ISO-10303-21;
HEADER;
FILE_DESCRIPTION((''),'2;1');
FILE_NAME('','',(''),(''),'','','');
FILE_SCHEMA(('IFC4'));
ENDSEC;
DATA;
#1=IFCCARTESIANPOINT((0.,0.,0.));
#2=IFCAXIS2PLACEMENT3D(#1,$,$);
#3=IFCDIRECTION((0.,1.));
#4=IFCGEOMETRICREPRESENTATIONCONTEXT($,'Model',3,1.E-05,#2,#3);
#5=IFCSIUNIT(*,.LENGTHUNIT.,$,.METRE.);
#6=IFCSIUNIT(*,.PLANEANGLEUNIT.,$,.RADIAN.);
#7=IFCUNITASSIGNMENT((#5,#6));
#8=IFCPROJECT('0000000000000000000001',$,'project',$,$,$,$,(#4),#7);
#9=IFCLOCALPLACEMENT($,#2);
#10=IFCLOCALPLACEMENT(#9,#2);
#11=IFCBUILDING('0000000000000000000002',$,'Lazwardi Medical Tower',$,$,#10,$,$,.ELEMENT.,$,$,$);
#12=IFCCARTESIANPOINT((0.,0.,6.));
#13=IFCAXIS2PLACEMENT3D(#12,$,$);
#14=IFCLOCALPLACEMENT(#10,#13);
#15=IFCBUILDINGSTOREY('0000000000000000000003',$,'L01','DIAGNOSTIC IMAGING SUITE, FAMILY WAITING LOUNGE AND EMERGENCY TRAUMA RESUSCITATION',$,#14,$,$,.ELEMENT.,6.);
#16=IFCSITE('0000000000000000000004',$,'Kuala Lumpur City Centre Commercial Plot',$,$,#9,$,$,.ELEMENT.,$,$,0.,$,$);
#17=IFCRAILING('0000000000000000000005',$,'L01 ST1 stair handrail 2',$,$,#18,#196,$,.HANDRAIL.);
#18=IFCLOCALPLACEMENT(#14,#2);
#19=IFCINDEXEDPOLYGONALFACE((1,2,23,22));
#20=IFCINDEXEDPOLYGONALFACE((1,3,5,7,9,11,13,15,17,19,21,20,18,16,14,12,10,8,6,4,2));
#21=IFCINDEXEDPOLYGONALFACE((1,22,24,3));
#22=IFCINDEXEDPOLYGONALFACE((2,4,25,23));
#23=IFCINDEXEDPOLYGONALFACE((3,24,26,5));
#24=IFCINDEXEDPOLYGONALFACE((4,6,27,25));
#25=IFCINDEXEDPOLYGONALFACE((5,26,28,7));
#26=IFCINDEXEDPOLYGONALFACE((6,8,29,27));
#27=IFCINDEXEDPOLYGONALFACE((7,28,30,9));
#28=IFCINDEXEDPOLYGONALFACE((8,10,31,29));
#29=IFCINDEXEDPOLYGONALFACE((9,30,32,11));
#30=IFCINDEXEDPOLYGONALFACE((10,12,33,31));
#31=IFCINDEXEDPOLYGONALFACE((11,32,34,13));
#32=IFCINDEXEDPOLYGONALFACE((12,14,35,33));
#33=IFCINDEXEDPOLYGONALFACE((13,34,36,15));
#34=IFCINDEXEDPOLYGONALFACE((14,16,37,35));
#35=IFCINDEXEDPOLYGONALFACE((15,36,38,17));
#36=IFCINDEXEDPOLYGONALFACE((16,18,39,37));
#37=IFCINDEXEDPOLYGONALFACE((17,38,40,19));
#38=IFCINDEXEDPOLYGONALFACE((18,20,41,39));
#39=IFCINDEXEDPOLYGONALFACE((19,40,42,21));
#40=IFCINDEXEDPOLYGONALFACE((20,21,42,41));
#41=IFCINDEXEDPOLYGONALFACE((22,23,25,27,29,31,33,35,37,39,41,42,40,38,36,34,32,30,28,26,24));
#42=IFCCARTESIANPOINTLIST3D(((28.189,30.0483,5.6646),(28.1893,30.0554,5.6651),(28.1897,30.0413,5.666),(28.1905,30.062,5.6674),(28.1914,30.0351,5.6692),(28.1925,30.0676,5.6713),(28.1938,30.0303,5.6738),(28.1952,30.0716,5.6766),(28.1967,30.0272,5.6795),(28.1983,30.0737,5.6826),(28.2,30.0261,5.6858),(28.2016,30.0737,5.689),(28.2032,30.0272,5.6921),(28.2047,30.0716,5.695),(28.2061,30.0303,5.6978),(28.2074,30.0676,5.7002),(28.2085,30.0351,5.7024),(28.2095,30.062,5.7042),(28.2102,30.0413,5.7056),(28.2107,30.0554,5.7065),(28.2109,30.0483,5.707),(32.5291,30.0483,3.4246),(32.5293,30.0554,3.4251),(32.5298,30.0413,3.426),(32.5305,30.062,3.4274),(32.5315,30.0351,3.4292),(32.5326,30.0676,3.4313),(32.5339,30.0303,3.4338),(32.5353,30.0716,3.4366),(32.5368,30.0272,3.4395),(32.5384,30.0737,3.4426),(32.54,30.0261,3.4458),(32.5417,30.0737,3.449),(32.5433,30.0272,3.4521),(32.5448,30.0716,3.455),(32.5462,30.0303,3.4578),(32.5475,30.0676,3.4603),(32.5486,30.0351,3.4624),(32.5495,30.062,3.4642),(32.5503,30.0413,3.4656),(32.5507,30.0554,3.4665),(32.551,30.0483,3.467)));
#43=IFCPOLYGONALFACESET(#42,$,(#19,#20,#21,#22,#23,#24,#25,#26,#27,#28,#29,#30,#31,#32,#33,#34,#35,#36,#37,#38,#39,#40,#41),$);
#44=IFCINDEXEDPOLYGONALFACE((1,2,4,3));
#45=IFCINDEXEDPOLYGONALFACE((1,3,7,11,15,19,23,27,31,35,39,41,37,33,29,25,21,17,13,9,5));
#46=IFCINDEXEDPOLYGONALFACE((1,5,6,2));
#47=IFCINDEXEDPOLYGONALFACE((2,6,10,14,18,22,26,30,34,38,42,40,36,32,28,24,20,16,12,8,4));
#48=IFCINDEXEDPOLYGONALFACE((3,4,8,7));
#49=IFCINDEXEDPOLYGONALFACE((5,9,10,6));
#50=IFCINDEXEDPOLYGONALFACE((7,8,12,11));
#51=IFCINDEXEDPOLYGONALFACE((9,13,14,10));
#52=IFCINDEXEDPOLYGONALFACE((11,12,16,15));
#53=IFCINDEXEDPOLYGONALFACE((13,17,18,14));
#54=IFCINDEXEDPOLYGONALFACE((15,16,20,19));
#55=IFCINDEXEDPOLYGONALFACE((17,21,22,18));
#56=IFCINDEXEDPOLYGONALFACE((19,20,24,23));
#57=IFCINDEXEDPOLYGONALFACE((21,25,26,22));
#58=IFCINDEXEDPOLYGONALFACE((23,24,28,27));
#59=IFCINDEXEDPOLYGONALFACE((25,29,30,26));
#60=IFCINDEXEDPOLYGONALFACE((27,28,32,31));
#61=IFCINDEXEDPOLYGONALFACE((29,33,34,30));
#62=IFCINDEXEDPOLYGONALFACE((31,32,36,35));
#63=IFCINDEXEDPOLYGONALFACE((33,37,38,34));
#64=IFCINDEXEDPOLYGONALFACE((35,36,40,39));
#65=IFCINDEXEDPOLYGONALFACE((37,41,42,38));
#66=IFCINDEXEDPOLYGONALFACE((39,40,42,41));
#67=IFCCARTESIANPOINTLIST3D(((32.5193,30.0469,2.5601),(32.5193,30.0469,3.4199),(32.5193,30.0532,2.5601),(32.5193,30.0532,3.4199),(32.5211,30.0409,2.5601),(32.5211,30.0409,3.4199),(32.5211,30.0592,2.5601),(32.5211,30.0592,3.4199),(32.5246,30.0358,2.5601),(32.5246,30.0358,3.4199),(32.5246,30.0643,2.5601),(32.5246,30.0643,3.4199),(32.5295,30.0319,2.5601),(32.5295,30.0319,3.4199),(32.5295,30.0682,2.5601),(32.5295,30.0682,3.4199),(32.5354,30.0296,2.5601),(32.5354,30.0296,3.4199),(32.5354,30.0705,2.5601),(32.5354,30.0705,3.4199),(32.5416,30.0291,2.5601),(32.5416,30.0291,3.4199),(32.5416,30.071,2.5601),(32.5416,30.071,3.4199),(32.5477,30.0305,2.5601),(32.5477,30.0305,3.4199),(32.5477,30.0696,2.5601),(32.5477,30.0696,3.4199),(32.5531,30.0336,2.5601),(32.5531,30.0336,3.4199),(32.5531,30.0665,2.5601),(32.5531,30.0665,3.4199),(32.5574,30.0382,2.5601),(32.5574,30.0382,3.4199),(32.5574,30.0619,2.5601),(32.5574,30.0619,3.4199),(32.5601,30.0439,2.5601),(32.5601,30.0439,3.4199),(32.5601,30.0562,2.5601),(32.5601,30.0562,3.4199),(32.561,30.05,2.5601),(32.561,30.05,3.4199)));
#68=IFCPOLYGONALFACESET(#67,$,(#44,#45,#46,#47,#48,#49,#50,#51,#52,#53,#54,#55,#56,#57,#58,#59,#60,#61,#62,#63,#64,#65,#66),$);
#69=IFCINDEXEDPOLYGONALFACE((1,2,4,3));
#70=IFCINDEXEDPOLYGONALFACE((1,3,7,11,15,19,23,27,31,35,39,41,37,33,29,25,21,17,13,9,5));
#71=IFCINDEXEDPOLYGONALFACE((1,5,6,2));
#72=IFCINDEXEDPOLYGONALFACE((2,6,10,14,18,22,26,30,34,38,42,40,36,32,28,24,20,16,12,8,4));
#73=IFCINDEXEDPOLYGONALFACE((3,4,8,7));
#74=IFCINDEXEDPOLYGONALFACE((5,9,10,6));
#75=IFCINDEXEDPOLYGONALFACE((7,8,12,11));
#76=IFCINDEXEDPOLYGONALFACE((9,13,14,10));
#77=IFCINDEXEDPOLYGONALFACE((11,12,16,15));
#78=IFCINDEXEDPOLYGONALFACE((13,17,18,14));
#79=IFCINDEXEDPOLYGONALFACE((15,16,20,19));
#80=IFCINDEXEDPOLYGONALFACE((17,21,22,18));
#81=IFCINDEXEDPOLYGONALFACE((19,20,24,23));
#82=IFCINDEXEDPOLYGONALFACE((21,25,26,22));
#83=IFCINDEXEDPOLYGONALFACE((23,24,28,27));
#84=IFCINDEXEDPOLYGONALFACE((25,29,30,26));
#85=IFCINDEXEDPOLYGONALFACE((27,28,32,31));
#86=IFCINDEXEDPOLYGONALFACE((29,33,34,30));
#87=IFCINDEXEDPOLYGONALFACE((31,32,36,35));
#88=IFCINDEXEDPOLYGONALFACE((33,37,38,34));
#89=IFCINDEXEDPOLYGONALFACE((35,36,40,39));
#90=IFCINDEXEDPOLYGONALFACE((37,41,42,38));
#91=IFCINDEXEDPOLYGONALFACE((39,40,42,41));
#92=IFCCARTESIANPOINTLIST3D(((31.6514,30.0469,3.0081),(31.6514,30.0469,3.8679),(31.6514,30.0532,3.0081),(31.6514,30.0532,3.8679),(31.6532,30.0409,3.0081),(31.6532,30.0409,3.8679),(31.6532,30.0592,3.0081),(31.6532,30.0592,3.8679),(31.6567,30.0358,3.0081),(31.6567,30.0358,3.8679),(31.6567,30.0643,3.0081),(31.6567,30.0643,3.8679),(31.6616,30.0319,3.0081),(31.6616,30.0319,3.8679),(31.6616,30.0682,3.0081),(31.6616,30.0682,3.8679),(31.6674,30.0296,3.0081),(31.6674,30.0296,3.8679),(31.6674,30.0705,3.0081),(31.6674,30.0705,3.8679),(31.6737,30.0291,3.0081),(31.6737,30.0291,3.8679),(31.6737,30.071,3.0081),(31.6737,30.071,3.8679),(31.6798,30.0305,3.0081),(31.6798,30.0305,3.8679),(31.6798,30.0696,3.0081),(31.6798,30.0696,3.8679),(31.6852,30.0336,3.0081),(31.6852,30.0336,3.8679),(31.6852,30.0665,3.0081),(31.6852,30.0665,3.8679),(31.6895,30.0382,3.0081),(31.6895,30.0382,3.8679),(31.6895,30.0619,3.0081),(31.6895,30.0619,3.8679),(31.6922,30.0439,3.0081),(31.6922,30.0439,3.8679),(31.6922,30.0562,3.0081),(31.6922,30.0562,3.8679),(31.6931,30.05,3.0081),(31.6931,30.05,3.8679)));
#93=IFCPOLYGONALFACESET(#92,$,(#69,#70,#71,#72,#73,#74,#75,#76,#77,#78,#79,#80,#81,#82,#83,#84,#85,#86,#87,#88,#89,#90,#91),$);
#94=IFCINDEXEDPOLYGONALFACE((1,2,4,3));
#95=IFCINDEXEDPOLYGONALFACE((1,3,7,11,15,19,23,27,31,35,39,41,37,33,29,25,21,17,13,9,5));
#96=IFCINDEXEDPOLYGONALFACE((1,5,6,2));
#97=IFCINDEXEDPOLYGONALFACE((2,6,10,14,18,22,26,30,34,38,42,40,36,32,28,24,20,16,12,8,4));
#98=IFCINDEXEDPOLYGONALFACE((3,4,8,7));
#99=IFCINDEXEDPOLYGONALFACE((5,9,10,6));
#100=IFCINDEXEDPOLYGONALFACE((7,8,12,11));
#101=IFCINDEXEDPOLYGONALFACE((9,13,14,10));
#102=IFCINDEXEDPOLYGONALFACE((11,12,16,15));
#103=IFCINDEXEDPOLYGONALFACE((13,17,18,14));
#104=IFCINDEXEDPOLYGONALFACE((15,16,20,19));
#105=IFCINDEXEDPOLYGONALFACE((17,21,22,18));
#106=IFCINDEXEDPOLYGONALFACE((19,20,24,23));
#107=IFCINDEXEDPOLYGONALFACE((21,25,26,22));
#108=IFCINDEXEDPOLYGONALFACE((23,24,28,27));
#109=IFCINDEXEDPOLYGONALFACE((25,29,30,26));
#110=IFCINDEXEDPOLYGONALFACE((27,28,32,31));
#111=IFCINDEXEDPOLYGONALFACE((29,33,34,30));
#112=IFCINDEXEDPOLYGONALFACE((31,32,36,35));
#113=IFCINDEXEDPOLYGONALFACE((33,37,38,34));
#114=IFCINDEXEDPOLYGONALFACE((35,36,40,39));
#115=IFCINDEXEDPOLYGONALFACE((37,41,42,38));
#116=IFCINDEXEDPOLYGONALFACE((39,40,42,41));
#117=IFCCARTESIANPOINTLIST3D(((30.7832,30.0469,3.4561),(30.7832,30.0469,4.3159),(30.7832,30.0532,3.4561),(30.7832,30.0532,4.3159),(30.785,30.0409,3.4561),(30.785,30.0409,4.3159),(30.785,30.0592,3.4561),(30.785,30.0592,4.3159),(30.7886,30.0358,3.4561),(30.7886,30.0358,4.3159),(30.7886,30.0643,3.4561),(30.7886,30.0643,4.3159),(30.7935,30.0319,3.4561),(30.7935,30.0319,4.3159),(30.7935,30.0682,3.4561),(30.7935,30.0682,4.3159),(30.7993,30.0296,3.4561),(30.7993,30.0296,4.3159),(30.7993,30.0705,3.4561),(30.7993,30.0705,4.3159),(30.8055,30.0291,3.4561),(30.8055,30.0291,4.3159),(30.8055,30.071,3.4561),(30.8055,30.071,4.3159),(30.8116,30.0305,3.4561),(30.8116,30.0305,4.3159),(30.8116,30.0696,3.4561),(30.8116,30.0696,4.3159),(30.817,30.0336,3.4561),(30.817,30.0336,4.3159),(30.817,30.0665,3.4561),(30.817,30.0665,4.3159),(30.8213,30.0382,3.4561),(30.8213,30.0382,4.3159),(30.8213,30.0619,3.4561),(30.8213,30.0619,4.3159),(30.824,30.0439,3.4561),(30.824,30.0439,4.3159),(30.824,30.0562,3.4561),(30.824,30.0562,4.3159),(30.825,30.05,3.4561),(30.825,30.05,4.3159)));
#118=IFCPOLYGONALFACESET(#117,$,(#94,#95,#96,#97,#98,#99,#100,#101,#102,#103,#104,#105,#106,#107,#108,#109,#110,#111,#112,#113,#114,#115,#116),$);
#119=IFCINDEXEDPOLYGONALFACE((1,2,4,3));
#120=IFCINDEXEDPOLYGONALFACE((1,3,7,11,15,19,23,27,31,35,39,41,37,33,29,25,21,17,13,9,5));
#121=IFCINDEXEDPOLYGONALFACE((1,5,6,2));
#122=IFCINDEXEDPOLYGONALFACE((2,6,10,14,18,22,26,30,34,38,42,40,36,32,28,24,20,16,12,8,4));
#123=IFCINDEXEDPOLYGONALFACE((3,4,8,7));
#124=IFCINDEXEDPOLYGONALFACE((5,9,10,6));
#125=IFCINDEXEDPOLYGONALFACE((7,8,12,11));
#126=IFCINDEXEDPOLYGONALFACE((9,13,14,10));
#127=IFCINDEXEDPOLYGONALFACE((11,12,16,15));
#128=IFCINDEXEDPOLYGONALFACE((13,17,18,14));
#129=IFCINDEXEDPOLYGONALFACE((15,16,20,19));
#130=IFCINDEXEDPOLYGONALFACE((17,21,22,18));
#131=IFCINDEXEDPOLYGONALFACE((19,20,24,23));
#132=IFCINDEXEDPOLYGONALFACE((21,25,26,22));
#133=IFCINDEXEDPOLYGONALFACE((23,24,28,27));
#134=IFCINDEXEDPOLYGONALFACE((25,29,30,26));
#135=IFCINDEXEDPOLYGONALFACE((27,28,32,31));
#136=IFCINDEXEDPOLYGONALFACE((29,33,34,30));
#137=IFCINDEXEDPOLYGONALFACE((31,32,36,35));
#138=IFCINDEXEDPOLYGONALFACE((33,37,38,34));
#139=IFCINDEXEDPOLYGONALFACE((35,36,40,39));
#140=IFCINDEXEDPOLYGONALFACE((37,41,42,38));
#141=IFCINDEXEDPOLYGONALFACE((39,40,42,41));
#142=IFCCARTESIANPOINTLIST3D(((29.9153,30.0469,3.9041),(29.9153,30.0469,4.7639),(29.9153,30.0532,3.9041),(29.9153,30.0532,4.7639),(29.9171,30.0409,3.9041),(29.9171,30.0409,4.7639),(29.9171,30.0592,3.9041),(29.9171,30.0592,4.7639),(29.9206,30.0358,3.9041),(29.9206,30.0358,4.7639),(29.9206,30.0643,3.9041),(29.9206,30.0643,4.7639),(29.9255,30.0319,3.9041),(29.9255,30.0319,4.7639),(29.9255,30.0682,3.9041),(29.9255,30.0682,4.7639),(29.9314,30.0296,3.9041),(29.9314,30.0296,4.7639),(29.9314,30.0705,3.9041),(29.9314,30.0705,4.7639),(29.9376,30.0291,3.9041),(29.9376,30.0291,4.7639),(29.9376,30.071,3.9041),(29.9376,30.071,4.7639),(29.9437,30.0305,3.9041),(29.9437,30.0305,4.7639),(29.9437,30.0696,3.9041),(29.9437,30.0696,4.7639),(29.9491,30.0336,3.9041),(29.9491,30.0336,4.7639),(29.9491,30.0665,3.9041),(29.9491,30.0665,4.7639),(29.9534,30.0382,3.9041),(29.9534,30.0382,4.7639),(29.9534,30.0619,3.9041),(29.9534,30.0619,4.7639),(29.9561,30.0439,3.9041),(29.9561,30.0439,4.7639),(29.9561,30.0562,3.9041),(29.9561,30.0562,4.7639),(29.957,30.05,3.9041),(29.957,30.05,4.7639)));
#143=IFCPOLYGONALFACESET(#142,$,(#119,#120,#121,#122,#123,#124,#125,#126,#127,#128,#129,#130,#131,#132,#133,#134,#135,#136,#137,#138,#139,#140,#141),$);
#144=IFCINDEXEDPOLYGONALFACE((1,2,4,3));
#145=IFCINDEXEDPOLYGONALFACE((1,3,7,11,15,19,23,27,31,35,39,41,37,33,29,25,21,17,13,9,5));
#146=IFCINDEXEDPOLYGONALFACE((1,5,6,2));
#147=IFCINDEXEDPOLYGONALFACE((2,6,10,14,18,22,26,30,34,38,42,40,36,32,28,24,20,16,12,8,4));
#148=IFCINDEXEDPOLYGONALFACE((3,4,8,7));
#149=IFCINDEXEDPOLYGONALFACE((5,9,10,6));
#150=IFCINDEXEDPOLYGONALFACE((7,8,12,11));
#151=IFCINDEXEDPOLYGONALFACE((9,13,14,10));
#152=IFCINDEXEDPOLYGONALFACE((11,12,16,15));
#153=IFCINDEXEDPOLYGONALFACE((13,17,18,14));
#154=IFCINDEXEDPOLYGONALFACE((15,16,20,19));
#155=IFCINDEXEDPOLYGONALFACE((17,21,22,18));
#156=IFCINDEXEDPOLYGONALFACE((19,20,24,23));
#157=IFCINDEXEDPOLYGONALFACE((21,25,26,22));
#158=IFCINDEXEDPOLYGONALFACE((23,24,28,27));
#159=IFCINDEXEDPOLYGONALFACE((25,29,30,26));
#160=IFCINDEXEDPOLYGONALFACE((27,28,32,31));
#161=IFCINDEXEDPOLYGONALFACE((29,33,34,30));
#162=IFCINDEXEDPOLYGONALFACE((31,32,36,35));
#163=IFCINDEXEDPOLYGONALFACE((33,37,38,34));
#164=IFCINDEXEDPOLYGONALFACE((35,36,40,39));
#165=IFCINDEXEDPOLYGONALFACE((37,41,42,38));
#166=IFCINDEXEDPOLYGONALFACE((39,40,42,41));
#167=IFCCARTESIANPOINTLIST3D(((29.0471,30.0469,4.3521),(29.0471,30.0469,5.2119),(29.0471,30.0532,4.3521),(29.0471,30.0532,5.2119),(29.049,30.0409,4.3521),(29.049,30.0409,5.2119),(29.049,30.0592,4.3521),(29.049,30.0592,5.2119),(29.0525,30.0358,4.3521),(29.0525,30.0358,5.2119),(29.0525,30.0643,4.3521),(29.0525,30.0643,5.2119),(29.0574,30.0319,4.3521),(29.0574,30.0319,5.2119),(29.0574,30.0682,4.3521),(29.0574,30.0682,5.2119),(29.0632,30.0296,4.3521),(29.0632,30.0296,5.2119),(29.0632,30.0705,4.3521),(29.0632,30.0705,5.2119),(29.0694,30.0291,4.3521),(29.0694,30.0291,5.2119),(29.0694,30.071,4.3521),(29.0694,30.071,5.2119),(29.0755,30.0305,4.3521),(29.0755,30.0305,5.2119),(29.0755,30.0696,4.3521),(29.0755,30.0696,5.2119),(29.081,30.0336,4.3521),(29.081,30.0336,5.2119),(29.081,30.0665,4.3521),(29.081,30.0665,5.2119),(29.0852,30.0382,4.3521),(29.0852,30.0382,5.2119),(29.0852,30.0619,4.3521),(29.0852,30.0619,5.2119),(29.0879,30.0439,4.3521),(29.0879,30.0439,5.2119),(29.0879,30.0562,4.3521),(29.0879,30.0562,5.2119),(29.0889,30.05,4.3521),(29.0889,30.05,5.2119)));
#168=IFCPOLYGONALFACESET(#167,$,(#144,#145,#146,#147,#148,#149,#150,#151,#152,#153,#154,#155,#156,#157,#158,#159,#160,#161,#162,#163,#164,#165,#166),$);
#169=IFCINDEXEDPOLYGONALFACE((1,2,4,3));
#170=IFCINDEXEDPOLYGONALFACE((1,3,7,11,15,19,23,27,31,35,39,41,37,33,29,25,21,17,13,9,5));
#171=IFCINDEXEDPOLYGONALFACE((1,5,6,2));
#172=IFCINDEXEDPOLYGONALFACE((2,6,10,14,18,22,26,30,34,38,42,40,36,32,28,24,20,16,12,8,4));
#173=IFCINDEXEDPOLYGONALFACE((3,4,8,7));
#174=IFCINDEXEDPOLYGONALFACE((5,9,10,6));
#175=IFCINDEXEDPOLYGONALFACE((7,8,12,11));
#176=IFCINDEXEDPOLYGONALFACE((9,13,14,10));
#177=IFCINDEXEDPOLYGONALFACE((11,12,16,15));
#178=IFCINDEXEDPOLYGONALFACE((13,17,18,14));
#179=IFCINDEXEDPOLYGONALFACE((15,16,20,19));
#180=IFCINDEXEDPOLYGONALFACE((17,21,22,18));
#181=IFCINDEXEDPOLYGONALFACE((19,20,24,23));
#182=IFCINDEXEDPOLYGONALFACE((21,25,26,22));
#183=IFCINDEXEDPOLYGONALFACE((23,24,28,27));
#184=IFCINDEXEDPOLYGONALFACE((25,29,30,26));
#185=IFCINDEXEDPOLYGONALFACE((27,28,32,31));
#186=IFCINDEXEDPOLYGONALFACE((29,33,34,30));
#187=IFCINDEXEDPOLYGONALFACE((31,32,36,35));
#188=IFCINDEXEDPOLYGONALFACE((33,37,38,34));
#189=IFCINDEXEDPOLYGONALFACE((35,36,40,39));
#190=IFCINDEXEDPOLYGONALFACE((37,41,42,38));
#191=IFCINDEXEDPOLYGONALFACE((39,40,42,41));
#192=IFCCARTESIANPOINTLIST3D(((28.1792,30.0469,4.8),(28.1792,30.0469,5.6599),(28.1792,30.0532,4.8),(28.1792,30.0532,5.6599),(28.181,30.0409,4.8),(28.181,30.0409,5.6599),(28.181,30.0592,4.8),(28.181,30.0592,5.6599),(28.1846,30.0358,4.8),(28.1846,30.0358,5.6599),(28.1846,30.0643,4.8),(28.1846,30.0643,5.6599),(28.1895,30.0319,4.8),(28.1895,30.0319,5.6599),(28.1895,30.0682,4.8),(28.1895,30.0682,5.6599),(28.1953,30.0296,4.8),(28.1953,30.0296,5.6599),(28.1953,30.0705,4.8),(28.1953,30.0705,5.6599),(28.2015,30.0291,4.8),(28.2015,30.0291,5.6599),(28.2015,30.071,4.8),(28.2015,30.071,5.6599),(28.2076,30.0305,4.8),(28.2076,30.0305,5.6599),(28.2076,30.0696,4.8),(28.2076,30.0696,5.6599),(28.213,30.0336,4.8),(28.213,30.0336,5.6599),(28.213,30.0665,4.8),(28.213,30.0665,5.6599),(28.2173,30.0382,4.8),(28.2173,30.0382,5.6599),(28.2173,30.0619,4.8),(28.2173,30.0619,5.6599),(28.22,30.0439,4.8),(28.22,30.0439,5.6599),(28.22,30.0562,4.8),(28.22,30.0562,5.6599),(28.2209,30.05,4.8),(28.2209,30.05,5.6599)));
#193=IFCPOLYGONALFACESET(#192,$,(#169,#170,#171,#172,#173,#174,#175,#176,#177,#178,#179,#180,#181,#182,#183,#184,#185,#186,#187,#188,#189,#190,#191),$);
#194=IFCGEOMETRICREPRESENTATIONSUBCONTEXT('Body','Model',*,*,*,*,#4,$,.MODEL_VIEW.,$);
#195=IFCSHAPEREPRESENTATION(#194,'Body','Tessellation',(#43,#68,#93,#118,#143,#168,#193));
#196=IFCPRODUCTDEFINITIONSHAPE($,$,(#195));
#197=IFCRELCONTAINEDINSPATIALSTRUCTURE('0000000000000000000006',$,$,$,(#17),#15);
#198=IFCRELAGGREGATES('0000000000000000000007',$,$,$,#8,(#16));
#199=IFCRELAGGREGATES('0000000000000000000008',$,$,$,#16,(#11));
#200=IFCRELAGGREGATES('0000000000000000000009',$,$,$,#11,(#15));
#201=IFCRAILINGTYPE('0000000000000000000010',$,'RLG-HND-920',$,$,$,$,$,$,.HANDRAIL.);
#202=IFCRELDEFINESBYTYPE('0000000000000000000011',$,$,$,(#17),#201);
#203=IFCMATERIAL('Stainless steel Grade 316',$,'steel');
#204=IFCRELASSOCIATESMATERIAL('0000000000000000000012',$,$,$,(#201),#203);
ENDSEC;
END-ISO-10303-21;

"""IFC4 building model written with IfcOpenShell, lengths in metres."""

from ifc_helpers import new_model, si_unit, direction, frame, origin, origin_2d, place, context, subcontext, project, spatial, circle, extrude, material, type_object, element, save


model = new_model("IFC4")

# Units and contexts
model_context = context("Model", 3, precision=1e-05, world=origin(), true_north=direction((0.0, 1.0)))
body_context = subcontext(model_context, "Body", "Model", "MODEL_VIEW")
ifc_project = project(units=[si_unit("LENGTHUNIT", "METRE"), si_unit("PLANEANGLEUNIT", "RADIAN")], contexts=[model_context])

# Site, building, storey
site_placement = place(None, origin())
site = spatial("IfcSite", under=ifc_project, at=site_placement, Name="Kuala Lumpur City Centre Commercial Plot", CompositionType="ELEMENT", RefElevation=0.0)
building_placement = place(site_placement, origin())
building = spatial("IfcBuilding", under=site, at=building_placement, Name="Lazwardi Medical Tower", CompositionType="ELEMENT")
storey_placement = place(building_placement, frame((0.0, 0.0, 6.0)))
storey = spatial("IfcBuildingStorey", under=building, at=storey_placement, Name="L01", Description="DIAGNOSTIC IMAGING SUITE, FAMILY WAITING LOUNGE AND EMERGENCY TRAUMA RESUSCITATION", CompositionType="ELEMENT", Elevation=6.0)

# Railing
ifc_material_1 = material(Name="Stainless steel Grade 316", Category="steel")
railing_type_1 = type_object("IfcRailingType", Name="RLG-HND-920", PredefinedType="HANDRAIL", material=ifc_material_1)
railing_1_placement = place(storey_placement, frame((32.54, 30.05, 2.5601)))
element("IfcRailing", 1, at=railing_1_placement, inside=storey, type_object=railing_type_1, Name="L01 ST1 stair handrail 2", PredefinedType="HANDRAIL", context=body_context, shape_type="SweptSolid", body=[
    extrude(circle(Radius=0.0239, at=origin_2d()), frame((0.0, 0.0, 0.8857), z_axis=(-0.888625, 0.0, 0.458634), x_axis=(0.0, -1.0, 0.0)), (0.0, 0.0, 1.0), 4.884),
    extrude(circle(Radius=0.021, at=origin_2d()), origin(), (0.0, 0.0, 1.0), 0.8599),
    extrude(circle(Radius=0.021, at=origin_2d()), frame((-0.8679, 0.0, 0.448)), (0.0, 0.0, 1.0), 0.8599),
    extrude(circle(Radius=0.021, at=origin_2d()), frame((-1.7361, 0.0, 0.896)), (0.0, 0.0, 1.0), 0.8599),
    extrude(circle(Radius=0.021, at=origin_2d()), frame((-2.604, 0.0, 1.344)), (0.0, 0.0, 1.0), 0.8599),
    extrude(circle(Radius=0.021, at=origin_2d()), frame((-3.4722, 0.0, 1.792)), (0.0, 0.0, 1.0), 0.8599),
    extrude(circle(Radius=0.021, at=origin_2d()), frame((-4.3401, 0.0, 2.24)), (0.0, 0.0, 1.0), 0.8599),
])

save(model, "model.ifc")
